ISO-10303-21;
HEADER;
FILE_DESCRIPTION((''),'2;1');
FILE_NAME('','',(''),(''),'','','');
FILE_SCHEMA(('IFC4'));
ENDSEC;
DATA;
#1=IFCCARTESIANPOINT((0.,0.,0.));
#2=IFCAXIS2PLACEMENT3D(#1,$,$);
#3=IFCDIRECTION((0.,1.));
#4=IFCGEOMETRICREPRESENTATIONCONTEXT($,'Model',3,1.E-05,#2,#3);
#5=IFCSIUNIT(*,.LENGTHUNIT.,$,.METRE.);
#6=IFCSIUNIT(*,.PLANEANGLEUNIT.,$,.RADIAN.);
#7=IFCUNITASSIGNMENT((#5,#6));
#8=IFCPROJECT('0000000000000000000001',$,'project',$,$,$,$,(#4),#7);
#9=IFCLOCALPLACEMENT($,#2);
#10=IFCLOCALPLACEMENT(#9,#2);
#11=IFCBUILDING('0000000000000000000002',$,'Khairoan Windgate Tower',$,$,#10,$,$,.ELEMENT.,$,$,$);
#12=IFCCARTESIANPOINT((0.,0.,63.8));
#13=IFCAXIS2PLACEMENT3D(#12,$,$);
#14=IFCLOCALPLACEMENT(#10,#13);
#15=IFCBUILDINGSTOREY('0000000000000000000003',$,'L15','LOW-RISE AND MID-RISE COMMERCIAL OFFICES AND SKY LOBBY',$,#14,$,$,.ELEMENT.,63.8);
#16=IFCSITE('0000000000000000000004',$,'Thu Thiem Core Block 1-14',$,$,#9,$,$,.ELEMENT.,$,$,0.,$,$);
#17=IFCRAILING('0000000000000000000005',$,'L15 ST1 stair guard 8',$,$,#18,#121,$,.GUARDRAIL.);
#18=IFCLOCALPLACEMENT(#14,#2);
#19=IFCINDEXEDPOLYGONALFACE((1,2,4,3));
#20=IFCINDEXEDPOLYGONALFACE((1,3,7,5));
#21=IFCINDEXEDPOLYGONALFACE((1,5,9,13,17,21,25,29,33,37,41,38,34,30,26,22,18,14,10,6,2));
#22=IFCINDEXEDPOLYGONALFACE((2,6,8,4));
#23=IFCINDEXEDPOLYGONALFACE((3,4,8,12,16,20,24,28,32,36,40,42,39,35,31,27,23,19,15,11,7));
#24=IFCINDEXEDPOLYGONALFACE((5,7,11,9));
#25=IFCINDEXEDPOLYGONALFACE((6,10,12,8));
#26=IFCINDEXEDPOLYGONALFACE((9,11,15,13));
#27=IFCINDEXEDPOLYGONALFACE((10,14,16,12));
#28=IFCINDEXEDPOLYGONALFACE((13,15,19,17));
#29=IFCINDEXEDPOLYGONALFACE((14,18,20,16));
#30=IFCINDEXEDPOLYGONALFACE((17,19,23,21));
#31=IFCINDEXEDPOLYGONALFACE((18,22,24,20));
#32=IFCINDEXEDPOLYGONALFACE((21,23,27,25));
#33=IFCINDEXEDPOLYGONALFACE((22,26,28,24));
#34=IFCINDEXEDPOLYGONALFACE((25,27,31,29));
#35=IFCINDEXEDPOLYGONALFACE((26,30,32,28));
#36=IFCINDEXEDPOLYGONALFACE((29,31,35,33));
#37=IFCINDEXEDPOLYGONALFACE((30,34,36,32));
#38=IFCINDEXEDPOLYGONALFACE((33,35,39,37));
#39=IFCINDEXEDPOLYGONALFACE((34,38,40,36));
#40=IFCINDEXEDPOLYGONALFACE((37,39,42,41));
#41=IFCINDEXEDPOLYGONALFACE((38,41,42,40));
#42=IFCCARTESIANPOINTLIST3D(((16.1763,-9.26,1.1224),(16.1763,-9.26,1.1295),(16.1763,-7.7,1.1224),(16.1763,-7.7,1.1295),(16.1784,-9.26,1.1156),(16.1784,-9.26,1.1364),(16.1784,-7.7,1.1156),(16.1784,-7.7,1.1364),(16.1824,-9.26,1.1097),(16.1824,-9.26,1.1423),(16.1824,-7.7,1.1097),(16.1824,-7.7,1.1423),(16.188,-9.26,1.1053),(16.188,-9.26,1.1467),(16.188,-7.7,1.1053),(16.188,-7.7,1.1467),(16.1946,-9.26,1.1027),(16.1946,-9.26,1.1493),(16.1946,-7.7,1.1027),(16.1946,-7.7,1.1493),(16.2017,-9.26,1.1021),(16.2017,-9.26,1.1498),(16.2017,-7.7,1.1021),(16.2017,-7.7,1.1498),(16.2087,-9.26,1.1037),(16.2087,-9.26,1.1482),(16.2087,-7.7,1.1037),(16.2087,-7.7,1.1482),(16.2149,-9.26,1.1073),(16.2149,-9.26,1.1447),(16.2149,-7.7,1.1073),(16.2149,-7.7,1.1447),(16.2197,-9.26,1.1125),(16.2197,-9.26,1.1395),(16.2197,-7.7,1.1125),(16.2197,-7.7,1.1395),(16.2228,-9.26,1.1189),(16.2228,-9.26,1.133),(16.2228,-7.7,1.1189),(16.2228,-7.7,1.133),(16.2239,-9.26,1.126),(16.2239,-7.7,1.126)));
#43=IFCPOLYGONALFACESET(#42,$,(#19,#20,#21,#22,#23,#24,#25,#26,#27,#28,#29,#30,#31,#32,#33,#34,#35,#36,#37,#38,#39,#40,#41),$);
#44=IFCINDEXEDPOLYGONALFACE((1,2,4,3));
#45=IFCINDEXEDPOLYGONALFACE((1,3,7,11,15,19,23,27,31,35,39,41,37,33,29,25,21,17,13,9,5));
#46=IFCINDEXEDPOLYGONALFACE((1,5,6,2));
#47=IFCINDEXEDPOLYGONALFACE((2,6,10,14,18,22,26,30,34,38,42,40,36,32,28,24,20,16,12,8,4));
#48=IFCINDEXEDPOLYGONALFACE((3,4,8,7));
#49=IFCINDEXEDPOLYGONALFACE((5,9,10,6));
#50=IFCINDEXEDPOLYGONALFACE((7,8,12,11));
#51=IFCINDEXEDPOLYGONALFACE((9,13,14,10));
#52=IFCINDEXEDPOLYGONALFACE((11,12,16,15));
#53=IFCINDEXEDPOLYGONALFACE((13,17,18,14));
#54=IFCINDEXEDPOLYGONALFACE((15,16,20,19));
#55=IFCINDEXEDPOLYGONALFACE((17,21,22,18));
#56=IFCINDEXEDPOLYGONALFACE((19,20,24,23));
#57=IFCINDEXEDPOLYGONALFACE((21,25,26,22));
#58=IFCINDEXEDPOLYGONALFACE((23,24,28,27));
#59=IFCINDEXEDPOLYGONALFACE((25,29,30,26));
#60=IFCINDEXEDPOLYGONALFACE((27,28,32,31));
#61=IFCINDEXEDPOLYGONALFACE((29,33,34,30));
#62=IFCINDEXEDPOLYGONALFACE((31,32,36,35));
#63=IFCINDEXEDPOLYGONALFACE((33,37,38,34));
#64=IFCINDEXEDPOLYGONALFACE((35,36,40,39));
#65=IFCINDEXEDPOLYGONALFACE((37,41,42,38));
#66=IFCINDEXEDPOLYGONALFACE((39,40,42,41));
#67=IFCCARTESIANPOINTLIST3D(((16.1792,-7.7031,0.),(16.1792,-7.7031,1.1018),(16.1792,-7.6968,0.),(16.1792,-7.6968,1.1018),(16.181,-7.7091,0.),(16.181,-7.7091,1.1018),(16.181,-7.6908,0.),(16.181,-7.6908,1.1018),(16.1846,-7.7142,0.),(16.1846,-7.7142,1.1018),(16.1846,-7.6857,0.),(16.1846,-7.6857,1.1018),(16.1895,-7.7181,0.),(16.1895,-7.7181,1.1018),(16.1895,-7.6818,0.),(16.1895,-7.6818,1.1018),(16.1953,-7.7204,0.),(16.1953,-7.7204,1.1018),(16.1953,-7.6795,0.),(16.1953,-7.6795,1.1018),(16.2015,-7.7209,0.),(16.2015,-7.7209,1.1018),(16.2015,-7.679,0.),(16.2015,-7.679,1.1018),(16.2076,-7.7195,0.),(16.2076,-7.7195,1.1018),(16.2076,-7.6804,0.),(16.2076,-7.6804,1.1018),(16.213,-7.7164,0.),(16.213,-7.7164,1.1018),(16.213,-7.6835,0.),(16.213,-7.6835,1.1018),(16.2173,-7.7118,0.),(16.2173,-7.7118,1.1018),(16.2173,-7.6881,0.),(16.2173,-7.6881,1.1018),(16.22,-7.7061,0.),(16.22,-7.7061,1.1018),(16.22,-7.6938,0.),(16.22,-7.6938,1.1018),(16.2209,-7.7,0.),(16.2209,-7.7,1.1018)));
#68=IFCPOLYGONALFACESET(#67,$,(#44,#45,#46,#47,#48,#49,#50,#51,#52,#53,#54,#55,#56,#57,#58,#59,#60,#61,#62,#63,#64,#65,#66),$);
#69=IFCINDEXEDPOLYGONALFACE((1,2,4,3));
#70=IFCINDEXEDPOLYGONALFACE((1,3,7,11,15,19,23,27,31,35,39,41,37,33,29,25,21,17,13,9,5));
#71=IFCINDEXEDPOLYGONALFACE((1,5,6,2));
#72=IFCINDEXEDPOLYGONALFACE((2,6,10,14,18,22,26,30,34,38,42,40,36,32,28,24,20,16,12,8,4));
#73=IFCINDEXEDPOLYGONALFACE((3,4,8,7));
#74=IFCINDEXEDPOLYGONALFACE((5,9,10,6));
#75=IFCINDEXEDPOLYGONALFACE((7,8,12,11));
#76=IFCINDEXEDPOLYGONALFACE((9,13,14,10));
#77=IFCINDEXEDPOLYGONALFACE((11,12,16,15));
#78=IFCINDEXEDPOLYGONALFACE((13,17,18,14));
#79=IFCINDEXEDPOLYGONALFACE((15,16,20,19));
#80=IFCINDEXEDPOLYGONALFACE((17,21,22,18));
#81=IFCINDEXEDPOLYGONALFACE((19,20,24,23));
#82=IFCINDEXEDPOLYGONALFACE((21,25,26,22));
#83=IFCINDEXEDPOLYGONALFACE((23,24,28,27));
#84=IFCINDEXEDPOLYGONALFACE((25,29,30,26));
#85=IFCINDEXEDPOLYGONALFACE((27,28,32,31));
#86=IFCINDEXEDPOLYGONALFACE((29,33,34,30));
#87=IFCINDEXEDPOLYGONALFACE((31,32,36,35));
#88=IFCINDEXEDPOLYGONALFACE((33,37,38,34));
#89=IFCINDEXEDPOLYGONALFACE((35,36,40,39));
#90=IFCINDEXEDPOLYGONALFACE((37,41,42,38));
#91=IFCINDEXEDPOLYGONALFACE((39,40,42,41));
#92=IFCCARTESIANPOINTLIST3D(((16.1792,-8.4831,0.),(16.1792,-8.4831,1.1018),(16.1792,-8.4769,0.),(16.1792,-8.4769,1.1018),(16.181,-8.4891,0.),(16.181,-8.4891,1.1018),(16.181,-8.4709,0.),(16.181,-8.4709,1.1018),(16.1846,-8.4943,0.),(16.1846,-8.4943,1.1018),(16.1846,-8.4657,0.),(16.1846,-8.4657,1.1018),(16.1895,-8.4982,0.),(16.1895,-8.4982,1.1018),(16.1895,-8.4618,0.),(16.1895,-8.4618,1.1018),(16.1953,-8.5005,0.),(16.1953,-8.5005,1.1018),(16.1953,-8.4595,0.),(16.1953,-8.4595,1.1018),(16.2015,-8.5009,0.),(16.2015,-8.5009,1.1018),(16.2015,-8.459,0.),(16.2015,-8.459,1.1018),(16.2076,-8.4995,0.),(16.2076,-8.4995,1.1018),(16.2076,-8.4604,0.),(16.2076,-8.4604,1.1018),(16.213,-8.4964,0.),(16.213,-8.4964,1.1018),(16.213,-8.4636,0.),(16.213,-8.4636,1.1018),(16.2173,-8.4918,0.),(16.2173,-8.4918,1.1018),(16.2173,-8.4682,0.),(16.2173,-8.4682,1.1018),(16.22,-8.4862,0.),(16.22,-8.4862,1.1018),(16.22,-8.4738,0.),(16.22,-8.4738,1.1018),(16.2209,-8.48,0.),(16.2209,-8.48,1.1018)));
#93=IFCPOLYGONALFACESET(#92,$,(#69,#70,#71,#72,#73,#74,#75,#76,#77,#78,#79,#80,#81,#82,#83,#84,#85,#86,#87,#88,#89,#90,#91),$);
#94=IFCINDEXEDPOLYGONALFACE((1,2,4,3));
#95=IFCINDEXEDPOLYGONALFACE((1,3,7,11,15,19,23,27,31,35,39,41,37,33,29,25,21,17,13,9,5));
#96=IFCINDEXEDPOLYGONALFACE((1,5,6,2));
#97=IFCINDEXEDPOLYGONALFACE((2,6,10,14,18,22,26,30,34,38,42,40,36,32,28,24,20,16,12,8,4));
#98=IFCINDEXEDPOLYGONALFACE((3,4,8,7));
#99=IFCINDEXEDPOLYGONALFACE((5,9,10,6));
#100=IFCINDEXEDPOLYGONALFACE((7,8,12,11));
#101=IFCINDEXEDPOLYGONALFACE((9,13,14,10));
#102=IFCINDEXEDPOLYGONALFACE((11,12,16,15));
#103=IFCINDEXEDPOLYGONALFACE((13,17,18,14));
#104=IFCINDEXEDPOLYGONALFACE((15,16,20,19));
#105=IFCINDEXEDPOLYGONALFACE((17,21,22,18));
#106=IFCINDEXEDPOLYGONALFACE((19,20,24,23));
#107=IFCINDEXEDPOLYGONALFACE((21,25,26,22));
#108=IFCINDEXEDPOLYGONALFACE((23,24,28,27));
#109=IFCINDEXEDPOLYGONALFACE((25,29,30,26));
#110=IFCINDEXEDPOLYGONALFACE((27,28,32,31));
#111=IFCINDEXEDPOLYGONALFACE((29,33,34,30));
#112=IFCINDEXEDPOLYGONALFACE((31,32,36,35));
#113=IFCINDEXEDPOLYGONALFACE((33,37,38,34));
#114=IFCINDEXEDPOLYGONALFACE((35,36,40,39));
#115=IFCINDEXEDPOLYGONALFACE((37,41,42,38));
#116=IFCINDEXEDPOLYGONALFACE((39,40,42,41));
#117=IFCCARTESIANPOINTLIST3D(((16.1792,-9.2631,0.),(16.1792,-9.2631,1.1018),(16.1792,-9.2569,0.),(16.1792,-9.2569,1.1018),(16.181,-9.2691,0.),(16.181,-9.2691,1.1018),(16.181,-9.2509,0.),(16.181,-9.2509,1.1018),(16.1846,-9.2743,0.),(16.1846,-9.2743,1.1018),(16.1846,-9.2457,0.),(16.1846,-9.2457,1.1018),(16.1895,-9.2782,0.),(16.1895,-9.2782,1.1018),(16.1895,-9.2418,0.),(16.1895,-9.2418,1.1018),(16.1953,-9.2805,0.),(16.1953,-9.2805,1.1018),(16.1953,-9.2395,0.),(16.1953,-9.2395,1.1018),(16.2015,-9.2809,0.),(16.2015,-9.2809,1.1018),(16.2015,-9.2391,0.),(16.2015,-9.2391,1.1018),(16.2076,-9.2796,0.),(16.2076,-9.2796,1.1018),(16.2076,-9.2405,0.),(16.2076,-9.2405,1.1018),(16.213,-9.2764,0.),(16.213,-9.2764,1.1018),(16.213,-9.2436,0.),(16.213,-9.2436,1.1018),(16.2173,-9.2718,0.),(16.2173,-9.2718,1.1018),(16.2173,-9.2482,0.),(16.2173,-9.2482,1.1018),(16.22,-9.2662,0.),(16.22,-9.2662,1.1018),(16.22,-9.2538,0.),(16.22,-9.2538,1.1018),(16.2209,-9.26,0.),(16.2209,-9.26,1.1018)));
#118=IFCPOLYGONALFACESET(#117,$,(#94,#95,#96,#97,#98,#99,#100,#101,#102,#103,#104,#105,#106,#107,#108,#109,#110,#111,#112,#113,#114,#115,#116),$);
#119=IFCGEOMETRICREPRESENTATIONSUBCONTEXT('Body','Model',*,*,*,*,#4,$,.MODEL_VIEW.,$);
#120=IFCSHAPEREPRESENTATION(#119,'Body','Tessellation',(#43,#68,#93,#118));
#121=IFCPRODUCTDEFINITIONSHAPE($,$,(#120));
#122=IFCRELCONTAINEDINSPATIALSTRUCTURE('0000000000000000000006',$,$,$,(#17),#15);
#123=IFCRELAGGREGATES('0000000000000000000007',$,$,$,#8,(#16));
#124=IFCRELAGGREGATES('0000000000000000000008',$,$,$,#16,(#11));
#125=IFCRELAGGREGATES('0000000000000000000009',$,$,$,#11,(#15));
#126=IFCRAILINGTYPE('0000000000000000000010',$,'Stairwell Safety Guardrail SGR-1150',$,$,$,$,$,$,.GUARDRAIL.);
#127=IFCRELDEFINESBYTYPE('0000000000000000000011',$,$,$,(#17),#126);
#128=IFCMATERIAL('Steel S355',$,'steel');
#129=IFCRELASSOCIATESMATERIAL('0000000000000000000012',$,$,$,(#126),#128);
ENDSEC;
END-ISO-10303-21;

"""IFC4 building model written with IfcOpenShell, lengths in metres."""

from ifc_helpers import new_model, si_unit, direction, frame, origin, origin_2d, place, context, subcontext, project, spatial, circle, extrude, material, type_object, element, save


model = new_model("IFC4")

# Units and contexts
model_context = context("Model", 3, precision=1e-05, world=origin(), true_north=direction((0.0, 1.0)))
body_context = subcontext(model_context, "Body", "Model", "MODEL_VIEW")
ifc_project = project(units=[si_unit("LENGTHUNIT", "METRE"), si_unit("PLANEANGLEUNIT", "RADIAN")], contexts=[model_context])

# Site, building, storey
site_placement = place(None, origin())
site = spatial("IfcSite", under=ifc_project, at=site_placement, Name="Thu Thiem Core Block 1-14", CompositionType="ELEMENT", RefElevation=0.0)
building_placement = place(site_placement, origin())
building = spatial("IfcBuilding", under=site, at=building_placement, Name="Khairoan Windgate Tower", CompositionType="ELEMENT")
storey_placement = place(building_placement, frame((0.0, 0.0, 63.8)))
storey = spatial("IfcBuildingStorey", under=building, at=storey_placement, Name="L15", Description="LOW-RISE AND MID-RISE COMMERCIAL OFFICES AND SKY LOBBY", CompositionType="ELEMENT", Elevation=63.8)

# Railing
ifc_material_1 = material(Name="Steel S355", Category="steel")
railing_type_1 = type_object("IfcRailingType", Name="Stairwell Safety Guardrail SGR-1150", PredefinedType="GUARDRAIL", material=ifc_material_1)
railing_1_placement = place(storey_placement, frame((16.2, -7.7, 0.0)))
element("IfcRailing", 1, at=railing_1_placement, inside=storey, type_object=railing_type_1, Name="L15 ST1 stair guard 8", PredefinedType="GUARDRAIL", context=body_context, shape_type="SweptSolid", body=[
    extrude(circle(Radius=0.0239, at=origin_2d()), frame((0.0, 0.0, 1.126), z_axis=(0.0, -1.0, 0.0), x_axis=(1.0, 0.0, 0.0)), (0.0, 0.0, 1.0), 1.5601),
    extrude(circle(Radius=0.021, at=origin_2d()), origin(), (0.0, 0.0, 1.0), 1.1018),
    extrude(circle(Radius=0.021, at=origin_2d()), frame((0.0, -0.78, 0.0)), (0.0, 0.0, 1.0), 1.1018),
    extrude(circle(Radius=0.021, at=origin_2d()), frame((0.0, -1.5601, 0.0)), (0.0, 0.0, 1.0), 1.1018),
])

save(model, "model.ifc")
